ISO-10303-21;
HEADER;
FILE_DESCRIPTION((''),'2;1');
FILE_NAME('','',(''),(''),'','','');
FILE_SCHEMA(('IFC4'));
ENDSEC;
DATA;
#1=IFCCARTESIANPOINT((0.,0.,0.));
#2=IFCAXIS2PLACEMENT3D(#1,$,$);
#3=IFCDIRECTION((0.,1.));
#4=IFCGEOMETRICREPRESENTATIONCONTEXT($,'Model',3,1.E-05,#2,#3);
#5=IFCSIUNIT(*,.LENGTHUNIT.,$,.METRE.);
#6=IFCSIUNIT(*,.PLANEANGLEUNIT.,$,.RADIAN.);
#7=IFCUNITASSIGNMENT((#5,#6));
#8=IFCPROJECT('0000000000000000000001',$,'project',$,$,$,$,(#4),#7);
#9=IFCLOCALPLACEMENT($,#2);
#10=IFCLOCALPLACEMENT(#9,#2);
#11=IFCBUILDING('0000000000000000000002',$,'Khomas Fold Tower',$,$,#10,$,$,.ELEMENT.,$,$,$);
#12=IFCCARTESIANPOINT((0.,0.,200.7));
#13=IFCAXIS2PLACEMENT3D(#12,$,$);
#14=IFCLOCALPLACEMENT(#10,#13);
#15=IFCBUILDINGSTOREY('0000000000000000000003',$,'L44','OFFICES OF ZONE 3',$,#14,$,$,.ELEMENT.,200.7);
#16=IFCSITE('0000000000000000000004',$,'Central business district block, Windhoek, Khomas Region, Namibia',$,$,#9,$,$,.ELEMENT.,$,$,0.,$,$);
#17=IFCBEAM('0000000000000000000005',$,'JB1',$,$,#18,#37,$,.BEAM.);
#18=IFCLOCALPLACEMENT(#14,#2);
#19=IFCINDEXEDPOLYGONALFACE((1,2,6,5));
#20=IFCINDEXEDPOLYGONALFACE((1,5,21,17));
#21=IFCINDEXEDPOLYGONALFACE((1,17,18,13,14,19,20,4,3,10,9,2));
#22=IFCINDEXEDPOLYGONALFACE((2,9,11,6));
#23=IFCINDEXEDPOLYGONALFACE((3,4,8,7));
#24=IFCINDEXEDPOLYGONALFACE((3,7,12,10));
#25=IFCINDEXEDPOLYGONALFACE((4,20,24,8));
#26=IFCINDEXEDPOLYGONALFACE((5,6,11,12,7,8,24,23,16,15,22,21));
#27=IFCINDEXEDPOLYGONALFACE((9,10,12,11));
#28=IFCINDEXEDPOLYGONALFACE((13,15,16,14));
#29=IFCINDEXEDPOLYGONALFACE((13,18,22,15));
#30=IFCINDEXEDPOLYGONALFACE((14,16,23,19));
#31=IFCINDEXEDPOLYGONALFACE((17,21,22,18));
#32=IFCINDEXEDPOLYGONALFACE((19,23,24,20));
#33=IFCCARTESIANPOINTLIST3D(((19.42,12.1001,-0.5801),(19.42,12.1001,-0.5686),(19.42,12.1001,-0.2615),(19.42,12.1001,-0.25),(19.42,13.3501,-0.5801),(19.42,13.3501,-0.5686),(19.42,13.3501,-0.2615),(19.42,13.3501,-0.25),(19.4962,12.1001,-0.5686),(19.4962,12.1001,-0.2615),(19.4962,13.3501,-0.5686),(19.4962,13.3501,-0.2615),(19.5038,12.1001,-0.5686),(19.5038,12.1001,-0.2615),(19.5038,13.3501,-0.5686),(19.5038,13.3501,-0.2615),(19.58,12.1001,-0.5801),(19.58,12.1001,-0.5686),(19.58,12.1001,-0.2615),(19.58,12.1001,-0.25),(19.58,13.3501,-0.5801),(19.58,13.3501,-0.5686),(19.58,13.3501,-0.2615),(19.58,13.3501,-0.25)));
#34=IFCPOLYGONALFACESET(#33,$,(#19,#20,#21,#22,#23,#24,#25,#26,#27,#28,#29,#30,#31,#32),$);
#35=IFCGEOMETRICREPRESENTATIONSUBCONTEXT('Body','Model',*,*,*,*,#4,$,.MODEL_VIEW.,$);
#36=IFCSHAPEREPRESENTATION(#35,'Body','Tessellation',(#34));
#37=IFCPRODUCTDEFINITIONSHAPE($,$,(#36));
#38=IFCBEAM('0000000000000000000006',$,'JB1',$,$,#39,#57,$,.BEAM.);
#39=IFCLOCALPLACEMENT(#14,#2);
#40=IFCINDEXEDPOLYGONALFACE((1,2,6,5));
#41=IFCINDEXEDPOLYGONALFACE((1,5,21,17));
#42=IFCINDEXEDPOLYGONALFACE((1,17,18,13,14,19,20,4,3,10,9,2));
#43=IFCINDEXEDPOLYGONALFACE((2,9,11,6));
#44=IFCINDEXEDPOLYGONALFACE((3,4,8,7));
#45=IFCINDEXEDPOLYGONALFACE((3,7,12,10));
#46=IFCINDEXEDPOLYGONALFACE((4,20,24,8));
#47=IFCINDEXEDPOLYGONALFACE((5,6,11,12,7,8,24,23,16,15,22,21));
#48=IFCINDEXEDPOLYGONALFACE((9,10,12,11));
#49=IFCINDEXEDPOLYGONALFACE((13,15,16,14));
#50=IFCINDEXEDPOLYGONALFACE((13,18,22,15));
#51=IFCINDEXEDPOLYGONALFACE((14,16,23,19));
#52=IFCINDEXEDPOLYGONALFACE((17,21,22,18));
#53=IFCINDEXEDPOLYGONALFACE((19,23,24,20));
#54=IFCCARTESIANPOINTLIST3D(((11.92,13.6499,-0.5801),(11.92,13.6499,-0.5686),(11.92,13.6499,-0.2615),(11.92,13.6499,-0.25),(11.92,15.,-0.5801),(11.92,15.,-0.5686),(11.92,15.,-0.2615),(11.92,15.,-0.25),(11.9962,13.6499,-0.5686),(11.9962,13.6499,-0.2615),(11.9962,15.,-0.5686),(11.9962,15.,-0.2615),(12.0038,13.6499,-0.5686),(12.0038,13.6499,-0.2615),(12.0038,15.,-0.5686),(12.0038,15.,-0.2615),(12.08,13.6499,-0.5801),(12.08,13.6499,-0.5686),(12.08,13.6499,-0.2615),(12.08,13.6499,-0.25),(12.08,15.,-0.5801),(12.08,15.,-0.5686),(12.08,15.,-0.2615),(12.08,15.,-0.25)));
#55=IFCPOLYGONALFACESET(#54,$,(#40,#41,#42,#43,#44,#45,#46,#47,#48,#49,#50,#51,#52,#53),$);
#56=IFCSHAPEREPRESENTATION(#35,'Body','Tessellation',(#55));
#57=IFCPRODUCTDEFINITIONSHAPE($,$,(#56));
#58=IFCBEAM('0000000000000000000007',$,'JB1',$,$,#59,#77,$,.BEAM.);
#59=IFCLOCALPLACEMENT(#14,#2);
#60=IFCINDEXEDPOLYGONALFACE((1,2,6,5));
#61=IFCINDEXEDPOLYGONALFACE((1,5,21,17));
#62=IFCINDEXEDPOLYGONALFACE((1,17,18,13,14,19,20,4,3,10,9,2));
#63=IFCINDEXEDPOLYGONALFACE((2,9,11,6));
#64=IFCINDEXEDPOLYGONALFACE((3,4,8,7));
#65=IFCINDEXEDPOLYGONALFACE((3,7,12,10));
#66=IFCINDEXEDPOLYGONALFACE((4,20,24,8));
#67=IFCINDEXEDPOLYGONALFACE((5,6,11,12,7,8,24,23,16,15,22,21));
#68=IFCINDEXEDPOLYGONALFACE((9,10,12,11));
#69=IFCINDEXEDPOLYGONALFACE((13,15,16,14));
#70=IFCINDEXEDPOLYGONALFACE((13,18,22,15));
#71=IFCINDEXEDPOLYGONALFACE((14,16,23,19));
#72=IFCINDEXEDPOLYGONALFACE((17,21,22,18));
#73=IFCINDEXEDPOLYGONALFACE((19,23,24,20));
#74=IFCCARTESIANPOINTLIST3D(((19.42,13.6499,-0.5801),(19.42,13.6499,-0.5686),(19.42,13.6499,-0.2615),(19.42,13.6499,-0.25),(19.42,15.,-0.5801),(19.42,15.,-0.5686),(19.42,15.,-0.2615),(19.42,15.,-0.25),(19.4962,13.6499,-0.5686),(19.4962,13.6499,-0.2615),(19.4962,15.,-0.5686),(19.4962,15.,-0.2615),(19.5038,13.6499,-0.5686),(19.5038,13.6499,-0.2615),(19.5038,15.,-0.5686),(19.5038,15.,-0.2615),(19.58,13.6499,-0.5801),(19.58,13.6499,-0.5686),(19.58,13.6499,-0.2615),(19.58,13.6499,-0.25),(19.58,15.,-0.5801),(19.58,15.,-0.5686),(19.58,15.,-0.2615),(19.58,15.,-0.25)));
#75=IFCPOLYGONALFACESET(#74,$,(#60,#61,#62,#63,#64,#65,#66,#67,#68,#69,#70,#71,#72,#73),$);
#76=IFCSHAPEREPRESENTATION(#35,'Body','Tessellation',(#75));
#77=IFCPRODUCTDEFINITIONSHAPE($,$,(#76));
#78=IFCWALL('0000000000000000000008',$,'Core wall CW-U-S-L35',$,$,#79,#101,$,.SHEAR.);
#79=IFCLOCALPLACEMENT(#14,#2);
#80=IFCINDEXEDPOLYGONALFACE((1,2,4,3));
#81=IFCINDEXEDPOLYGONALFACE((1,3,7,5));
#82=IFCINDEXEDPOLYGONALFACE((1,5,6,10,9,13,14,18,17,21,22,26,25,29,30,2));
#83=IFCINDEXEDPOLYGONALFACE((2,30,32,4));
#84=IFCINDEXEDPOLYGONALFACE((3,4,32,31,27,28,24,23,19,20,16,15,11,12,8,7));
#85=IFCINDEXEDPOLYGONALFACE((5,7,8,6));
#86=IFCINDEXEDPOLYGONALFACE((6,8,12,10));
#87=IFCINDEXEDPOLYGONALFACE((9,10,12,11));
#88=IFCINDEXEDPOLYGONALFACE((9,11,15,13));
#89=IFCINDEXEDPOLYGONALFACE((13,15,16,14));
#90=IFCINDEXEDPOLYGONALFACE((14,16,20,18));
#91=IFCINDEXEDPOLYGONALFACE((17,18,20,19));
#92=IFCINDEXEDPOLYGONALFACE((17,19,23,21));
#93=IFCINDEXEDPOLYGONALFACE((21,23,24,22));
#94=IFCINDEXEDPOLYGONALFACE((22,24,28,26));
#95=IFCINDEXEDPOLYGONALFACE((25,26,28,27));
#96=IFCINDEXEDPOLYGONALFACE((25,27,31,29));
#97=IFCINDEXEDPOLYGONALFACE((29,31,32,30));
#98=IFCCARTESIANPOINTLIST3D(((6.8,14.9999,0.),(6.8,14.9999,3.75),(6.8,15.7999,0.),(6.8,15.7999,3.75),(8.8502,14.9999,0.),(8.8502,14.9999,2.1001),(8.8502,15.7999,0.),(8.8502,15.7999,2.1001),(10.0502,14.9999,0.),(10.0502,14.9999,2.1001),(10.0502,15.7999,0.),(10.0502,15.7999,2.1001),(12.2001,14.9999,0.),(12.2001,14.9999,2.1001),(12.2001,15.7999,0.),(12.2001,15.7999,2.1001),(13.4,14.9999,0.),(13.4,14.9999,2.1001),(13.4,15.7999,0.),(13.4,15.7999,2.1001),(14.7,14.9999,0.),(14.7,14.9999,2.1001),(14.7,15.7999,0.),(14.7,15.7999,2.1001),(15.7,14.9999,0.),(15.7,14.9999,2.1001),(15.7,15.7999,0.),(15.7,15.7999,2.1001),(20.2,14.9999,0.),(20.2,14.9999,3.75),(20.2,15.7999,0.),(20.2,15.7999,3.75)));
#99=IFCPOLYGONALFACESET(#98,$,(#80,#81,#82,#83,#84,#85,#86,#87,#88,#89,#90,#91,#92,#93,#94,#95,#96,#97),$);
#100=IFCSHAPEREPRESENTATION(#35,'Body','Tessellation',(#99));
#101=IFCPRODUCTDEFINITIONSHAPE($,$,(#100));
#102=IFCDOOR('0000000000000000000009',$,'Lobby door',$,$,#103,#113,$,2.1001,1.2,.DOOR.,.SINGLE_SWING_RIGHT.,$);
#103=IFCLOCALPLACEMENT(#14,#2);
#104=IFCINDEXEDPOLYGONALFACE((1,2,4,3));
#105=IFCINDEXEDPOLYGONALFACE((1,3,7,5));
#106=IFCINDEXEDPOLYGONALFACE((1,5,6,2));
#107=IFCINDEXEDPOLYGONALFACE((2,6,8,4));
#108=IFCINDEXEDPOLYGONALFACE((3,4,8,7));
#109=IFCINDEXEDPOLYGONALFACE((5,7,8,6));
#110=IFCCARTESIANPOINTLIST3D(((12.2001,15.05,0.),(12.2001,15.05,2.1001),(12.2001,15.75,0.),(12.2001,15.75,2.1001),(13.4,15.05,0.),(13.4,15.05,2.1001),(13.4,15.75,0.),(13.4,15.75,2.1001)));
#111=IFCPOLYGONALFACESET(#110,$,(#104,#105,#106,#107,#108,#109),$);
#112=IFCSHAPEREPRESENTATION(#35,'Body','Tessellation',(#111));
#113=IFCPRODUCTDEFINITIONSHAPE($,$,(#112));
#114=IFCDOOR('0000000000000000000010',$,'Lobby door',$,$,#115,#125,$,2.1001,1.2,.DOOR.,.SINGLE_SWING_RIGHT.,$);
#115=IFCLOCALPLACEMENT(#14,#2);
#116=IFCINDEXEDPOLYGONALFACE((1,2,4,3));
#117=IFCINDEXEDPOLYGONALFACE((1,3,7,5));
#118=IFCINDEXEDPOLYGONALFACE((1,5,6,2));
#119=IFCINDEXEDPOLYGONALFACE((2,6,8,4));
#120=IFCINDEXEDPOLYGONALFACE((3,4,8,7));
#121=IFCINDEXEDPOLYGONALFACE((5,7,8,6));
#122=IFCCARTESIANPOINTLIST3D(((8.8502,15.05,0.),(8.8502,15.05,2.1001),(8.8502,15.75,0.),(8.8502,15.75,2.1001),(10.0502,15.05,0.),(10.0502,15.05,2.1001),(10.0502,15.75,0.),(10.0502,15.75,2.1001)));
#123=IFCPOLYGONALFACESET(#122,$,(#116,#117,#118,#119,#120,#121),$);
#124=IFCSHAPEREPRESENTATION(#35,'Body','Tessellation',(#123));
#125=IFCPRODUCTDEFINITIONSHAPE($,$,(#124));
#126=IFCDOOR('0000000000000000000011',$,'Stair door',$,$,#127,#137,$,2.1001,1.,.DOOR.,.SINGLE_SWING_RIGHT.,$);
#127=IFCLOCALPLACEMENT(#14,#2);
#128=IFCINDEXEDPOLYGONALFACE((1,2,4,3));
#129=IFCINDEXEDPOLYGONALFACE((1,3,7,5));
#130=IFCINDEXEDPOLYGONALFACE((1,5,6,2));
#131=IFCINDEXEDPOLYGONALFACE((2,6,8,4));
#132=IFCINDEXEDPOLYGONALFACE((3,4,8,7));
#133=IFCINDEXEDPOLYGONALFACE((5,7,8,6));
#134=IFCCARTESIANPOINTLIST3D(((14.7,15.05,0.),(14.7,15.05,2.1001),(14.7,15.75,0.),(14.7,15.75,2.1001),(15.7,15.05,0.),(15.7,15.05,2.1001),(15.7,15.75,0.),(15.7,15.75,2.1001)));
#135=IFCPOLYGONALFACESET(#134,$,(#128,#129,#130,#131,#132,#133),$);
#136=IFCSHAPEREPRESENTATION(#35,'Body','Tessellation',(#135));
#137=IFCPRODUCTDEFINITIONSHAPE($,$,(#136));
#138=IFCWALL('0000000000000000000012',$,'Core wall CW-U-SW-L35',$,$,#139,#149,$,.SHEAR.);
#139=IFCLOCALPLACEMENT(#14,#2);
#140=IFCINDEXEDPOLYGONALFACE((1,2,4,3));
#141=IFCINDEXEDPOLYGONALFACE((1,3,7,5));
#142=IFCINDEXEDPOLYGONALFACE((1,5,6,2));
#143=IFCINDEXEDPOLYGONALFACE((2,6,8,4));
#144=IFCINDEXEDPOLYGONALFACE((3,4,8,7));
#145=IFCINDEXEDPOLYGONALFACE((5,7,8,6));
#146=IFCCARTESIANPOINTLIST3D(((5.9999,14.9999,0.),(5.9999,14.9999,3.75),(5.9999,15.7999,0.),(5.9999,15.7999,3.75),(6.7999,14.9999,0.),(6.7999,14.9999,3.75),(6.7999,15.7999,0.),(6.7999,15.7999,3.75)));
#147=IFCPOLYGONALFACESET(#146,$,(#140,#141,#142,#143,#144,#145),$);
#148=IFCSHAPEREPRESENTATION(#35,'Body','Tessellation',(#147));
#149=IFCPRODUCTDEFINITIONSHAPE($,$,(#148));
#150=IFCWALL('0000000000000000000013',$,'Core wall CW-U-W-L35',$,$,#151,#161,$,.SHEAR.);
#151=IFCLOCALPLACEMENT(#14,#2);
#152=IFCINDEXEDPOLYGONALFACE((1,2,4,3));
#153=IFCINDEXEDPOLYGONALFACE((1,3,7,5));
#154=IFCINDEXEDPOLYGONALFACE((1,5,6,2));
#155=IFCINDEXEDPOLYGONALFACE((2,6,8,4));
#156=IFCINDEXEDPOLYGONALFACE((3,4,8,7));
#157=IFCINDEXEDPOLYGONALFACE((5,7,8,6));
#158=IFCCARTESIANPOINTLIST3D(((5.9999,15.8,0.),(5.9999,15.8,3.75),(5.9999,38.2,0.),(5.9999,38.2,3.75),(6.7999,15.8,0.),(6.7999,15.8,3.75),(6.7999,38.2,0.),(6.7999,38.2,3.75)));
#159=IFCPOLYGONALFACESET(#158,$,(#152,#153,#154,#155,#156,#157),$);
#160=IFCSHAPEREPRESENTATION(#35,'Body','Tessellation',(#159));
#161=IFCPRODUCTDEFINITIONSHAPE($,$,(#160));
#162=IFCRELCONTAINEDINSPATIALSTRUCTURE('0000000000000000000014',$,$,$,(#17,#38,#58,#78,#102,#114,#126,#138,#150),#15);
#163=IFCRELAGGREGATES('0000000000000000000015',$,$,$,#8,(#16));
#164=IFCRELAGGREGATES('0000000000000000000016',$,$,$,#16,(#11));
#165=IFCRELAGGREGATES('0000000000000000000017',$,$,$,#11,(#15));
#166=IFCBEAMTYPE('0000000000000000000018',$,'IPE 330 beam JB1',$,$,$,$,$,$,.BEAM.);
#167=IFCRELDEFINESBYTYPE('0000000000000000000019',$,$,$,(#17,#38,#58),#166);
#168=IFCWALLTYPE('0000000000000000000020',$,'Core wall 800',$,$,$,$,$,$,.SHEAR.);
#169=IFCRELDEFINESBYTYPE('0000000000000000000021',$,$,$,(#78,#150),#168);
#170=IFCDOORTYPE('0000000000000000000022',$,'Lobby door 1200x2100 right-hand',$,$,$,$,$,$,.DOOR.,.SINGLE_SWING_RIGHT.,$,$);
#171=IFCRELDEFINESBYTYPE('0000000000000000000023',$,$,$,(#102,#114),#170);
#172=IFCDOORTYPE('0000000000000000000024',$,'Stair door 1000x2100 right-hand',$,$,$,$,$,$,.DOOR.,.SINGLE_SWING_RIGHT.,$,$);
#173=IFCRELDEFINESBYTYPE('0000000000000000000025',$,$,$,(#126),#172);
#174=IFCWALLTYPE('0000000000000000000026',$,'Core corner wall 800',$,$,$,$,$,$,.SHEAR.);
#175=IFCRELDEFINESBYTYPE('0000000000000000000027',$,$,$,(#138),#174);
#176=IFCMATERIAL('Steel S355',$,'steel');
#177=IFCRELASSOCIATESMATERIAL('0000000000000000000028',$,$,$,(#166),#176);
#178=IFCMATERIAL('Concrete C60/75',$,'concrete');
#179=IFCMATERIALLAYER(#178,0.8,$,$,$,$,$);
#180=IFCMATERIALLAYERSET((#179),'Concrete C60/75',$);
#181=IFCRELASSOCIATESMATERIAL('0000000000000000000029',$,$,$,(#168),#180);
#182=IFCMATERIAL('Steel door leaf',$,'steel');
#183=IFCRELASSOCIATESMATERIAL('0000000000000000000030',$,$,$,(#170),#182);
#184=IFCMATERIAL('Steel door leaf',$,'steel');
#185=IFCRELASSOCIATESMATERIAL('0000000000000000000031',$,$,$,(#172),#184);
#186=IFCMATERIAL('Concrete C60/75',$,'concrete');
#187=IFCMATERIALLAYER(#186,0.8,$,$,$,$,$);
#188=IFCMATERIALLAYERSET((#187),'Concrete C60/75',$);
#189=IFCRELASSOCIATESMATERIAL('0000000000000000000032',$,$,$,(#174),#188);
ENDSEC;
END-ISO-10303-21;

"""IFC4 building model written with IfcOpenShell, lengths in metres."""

from ifc_helpers import new_model, si_unit, direction, frame, frame_2d, origin, origin_2d, place, context, subcontext, project, spatial, rectangle, i_section, extrude, source, transform, mapped, material, layer, layer_set, material_profile, profile_set, type_object, element, fill, save


model = new_model("IFC4")

# Units and contexts
model_context = context("Model", 3, precision=1e-05, world=origin(), true_north=direction((0.0, 1.0)))
body_context = subcontext(model_context, "Body", "Model", "MODEL_VIEW")
ifc_project = project(units=[si_unit("LENGTHUNIT", "METRE"), si_unit("PLANEANGLEUNIT", "RADIAN")], contexts=[model_context])

# Site, building, storey
site_placement = place(None, origin())
site = spatial("IfcSite", under=ifc_project, at=site_placement, Name="Central business district block, Windhoek, Khomas Region, Namibia", CompositionType="ELEMENT", RefElevation=0.0)
building_placement = place(site_placement, origin())
building = spatial("IfcBuilding", under=site, at=building_placement, Name="Khomas Fold Tower", CompositionType="ELEMENT")
storey_placement = place(building_placement, frame((0.0, 0.0, 200.7)))
storey = spatial("IfcBuildingStorey", under=building, at=storey_placement, Name="L44", Description="OFFICES OF ZONE 3", CompositionType="ELEMENT", Elevation=200.7)

# Beams
ifc_material_1 = material(Name="Steel S355", Category="steel")
ifc_material_profile = material_profile(ifc_material_1, i_section(OverallWidth=0.1599, OverallDepth=0.3301, WebThickness=0.0076, FlangeThickness=0.0115, at=origin_2d()), Name="IPE 330")
ifc_profile_set = profile_set([ifc_material_profile], Name="Steel S355")
beam_type = type_object("IfcBeamType", Name="IPE 330 beam JB1", PredefinedType="BEAM", material=ifc_profile_set)
shared_shape_1 = source(origin(), body_context, "Body", "SweptSolid", [
    extrude(i_section(OverallWidth=0.1599, OverallDepth=0.3301, WebThickness=0.0076, FlangeThickness=0.0115, at=origin_2d()), origin(), (0.0, 0.0, 1.0), 1.25),
])
beam_placement = place(storey_placement, frame((19.5, 12.1001, -0.415), z_axis=(0.0, 1.0, 0.0), x_axis=(-1.0, 0.0, 0.0)))
element("IfcBeam", 1, at=beam_placement, inside=storey, type_object=beam_type, Name="JB1", PredefinedType="BEAM", context=body_context, shape_type="MappedRepresentation", body=[
    mapped(shared_shape_1, transform((0.0, 0.0, 0.0))),
])
shared_shape_2 = source(origin(), body_context, "Body", "SweptSolid", [
    extrude(i_section(OverallWidth=0.1599, OverallDepth=0.3301, WebThickness=0.0076, FlangeThickness=0.0115, at=origin_2d()), origin(), (0.0, 0.0, 1.0), 1.3501),
])
for number, where, z_axis, x_axis, name in (
    (2, (12.0, 13.6499, -0.415), (0.0, 1.0, 0.0), (-1.0, 0.0, 0.0), "JB1"),
    (3, (19.5, 13.6499, -0.415), (0.0, 1.0, 0.0), (-1.0, 0.0, 0.0), "JB1"),
):
    element("IfcBeam", number, at=place(storey_placement, frame(where, z_axis=z_axis, x_axis=x_axis)), inside=storey, type_object=beam_type, Name=name, PredefinedType="BEAM", context=body_context, shape_type="MappedRepresentation", body=[
        mapped(shared_shape_2, transform((0.0, 0.0, 0.0))),
    ])

# Wall, openings, doors
ifc_material_2 = material(Name="Concrete C60/75", Category="concrete")
ifc_layer_1 = layer(ifc_material_2, 0.8)
ifc_layer_set_1 = layer_set([ifc_layer_1], Name="Concrete C60/75")
wall_type_1 = type_object("IfcWallType", Name="Core wall 800", PredefinedType="SHEAR", material=ifc_layer_set_1)
shared_shape_3 = source(origin(), body_context, "Body", "SweptSolid", [
    extrude(rectangle(XDim=13.3999, YDim=0.8, at=frame_2d((6.7, 0.0))), origin(), (0.0, 0.0, 1.0), 3.75),
])
wall_1_placement = place(storey_placement, frame((6.8, 15.3999, 0.0), z_axis=(0.0, 0.0, 1.0), x_axis=(1.0, 0.0, 0.0)))
wall_1 = element("IfcWall", 4, at=wall_1_placement, inside=storey, type_object=wall_type_1, Name="Core wall CW-U-S-L35", PredefinedType="SHEAR", context=body_context, shape_type="MappedRepresentation", body=[
    mapped(shared_shape_3, transform((0.0, 0.0, 0.0))),
])
shared_shape_4 = source(origin(), body_context, "Body", "SweptSolid", [
    extrude(rectangle(XDim=1.2, YDim=2.1001, at=frame_2d((0.6001, 1.05))), frame((0.0, 0.4099, 0.0), z_axis=(0.0, -1.0, 0.0), x_axis=(1.0, 0.0, 0.0)), (0.0, 0.0, 1.0), 0.8201),
])
opening_1_placement = place(wall_1_placement, frame((5.3999, 0.0, 0.0)))
opening_1 = element("IfcOpeningElement", 5, at=opening_1_placement, cuts=wall_1, PredefinedType="OPENING", context=body_context, shape_type="MappedRepresentation", body=[
    mapped(shared_shape_4, transform((0.0, 0.0, 0.0))),
])
opening_2_placement = place(wall_1_placement, frame((2.05, 0.0, 0.0)))
opening_2 = element("IfcOpeningElement", 6, at=opening_2_placement, cuts=wall_1, PredefinedType="OPENING", context=body_context, shape_type="MappedRepresentation", body=[
    mapped(shared_shape_4, transform((0.0, 0.0, 0.0))),
])
shared_shape_5 = source(origin(), body_context, "Body", "SweptSolid", [
    extrude(rectangle(XDim=1.0, YDim=2.1001, at=frame_2d((0.5, 1.05))), frame((0.0, 0.4099, 0.0), z_axis=(0.0, -1.0, 0.0), x_axis=(1.0, 0.0, 0.0)), (0.0, 0.0, 1.0), 0.8201),
])
opening_3_placement = place(wall_1_placement, frame((7.8999, 0.0, 0.0)))
opening_3 = element("IfcOpeningElement", 7, at=opening_3_placement, cuts=wall_1, PredefinedType="OPENING", context=body_context, shape_type="MappedRepresentation", body=[
    mapped(shared_shape_5, transform((0.0, 0.0, 0.0))),
])
ifc_material_3 = material(Name="Steel door leaf", Category="steel")
door_type_1 = type_object("IfcDoorType", Name="Lobby door 1200x2100 right-hand", OperationType="SINGLE_SWING_RIGHT", PredefinedType="DOOR", material=ifc_material_3)
shared_shape_6 = source(origin(), body_context, "Body", "SweptSolid", [
    extrude(rectangle(XDim=1.2, YDim=2.1001, at=frame_2d((0.6001, 1.05))), frame((0.0, 0.3501, 0.0), z_axis=(0.0, -1.0, 0.0), x_axis=(1.0, 0.0, 0.0)), (0.0, 0.0, 1.0), 0.7),
])
door_1_placement = place(opening_1_placement, origin())
door_1 = element("IfcDoor", 8, at=door_1_placement, inside=storey, type_object=door_type_1, Name="Lobby door", OperationType="SINGLE_SWING_RIGHT", OverallHeight=2.1001, OverallWidth=1.2, PredefinedType="DOOR", context=body_context, shape_type="MappedRepresentation", body=[
    mapped(shared_shape_6, transform((0.0, 0.0, 0.0))),
])
fill(opening_1, door_1)
door_2_placement = place(opening_2_placement, origin())
door_2 = element("IfcDoor", 9, at=door_2_placement, inside=storey, type_object=door_type_1, Name="Lobby door", OperationType="SINGLE_SWING_RIGHT", OverallHeight=2.1001, OverallWidth=1.2, PredefinedType="DOOR", context=body_context, shape_type="MappedRepresentation", body=[
    mapped(shared_shape_6, transform((0.0, 0.0, 0.0))),
])
fill(opening_2, door_2)
ifc_material_4 = material(Name="Steel door leaf", Category="steel")
door_type_2 = type_object("IfcDoorType", Name="Stair door 1000x2100 right-hand", OperationType="SINGLE_SWING_RIGHT", PredefinedType="DOOR", material=ifc_material_4)
shared_shape_7 = source(origin(), body_context, "Body", "SweptSolid", [
    extrude(rectangle(XDim=1.0, YDim=2.1001, at=frame_2d((0.5, 1.05))), frame((0.0, 0.3501, 0.0), z_axis=(0.0, -1.0, 0.0), x_axis=(1.0, 0.0, 0.0)), (0.0, 0.0, 1.0), 0.7),
])
door_3_placement = place(opening_3_placement, origin())
door_3 = element("IfcDoor", 10, at=door_3_placement, inside=storey, type_object=door_type_2, Name="Stair door", OperationType="SINGLE_SWING_RIGHT", OverallHeight=2.1001, OverallWidth=1.0, PredefinedType="DOOR", context=body_context, shape_type="MappedRepresentation", body=[
    mapped(shared_shape_7, transform((0.0, 0.0, 0.0))),
])
fill(opening_3, door_3)

# Walls
ifc_material_5 = material(Name="Concrete C60/75", Category="concrete")
ifc_layer_2 = layer(ifc_material_5, 0.8)
ifc_layer_set_2 = layer_set([ifc_layer_2], Name="Concrete C60/75")
wall_type_2 = type_object("IfcWallType", Name="Core corner wall 800", PredefinedType="SHEAR", material=ifc_layer_set_2)
shared_shape_8 = source(origin(), body_context, "Body", "SweptSolid", [
    extrude(rectangle(XDim=0.8, YDim=0.8, at=frame_2d((0.3999, 0.0))), origin(), (0.0, 0.0, 1.0), 3.75),
])
wall_2_placement = place(storey_placement, frame((6.0, 15.3999, 0.0), z_axis=(0.0, 0.0, 1.0), x_axis=(1.0, 0.0, 0.0)))
element("IfcWall", 11, at=wall_2_placement, inside=storey, type_object=wall_type_2, Name="Core wall CW-U-SW-L35", PredefinedType="SHEAR", context=body_context, shape_type="MappedRepresentation", body=[
    mapped(shared_shape_8, transform((0.0, 0.0, 0.0))),
])
shared_shape_9 = source(origin(), body_context, "Body", "SweptSolid", [
    extrude(rectangle(XDim=22.3999, YDim=0.8, at=frame_2d((11.2, 0.0))), origin(), (0.0, 0.0, 1.0), 3.75),
])
wall_3_placement = place(storey_placement, frame((6.3999, 15.8, 0.0), z_axis=(0.0, 0.0, 1.0), x_axis=(0.0, 1.0, 0.0)))
element("IfcWall", 12, at=wall_3_placement, inside=storey, type_object=wall_type_1, Name="Core wall CW-U-W-L35", PredefinedType="SHEAR", context=body_context, shape_type="MappedRepresentation", body=[
    mapped(shared_shape_9, transform((0.0, 0.0, 0.0))),
])

save(model, "model.ifc")
